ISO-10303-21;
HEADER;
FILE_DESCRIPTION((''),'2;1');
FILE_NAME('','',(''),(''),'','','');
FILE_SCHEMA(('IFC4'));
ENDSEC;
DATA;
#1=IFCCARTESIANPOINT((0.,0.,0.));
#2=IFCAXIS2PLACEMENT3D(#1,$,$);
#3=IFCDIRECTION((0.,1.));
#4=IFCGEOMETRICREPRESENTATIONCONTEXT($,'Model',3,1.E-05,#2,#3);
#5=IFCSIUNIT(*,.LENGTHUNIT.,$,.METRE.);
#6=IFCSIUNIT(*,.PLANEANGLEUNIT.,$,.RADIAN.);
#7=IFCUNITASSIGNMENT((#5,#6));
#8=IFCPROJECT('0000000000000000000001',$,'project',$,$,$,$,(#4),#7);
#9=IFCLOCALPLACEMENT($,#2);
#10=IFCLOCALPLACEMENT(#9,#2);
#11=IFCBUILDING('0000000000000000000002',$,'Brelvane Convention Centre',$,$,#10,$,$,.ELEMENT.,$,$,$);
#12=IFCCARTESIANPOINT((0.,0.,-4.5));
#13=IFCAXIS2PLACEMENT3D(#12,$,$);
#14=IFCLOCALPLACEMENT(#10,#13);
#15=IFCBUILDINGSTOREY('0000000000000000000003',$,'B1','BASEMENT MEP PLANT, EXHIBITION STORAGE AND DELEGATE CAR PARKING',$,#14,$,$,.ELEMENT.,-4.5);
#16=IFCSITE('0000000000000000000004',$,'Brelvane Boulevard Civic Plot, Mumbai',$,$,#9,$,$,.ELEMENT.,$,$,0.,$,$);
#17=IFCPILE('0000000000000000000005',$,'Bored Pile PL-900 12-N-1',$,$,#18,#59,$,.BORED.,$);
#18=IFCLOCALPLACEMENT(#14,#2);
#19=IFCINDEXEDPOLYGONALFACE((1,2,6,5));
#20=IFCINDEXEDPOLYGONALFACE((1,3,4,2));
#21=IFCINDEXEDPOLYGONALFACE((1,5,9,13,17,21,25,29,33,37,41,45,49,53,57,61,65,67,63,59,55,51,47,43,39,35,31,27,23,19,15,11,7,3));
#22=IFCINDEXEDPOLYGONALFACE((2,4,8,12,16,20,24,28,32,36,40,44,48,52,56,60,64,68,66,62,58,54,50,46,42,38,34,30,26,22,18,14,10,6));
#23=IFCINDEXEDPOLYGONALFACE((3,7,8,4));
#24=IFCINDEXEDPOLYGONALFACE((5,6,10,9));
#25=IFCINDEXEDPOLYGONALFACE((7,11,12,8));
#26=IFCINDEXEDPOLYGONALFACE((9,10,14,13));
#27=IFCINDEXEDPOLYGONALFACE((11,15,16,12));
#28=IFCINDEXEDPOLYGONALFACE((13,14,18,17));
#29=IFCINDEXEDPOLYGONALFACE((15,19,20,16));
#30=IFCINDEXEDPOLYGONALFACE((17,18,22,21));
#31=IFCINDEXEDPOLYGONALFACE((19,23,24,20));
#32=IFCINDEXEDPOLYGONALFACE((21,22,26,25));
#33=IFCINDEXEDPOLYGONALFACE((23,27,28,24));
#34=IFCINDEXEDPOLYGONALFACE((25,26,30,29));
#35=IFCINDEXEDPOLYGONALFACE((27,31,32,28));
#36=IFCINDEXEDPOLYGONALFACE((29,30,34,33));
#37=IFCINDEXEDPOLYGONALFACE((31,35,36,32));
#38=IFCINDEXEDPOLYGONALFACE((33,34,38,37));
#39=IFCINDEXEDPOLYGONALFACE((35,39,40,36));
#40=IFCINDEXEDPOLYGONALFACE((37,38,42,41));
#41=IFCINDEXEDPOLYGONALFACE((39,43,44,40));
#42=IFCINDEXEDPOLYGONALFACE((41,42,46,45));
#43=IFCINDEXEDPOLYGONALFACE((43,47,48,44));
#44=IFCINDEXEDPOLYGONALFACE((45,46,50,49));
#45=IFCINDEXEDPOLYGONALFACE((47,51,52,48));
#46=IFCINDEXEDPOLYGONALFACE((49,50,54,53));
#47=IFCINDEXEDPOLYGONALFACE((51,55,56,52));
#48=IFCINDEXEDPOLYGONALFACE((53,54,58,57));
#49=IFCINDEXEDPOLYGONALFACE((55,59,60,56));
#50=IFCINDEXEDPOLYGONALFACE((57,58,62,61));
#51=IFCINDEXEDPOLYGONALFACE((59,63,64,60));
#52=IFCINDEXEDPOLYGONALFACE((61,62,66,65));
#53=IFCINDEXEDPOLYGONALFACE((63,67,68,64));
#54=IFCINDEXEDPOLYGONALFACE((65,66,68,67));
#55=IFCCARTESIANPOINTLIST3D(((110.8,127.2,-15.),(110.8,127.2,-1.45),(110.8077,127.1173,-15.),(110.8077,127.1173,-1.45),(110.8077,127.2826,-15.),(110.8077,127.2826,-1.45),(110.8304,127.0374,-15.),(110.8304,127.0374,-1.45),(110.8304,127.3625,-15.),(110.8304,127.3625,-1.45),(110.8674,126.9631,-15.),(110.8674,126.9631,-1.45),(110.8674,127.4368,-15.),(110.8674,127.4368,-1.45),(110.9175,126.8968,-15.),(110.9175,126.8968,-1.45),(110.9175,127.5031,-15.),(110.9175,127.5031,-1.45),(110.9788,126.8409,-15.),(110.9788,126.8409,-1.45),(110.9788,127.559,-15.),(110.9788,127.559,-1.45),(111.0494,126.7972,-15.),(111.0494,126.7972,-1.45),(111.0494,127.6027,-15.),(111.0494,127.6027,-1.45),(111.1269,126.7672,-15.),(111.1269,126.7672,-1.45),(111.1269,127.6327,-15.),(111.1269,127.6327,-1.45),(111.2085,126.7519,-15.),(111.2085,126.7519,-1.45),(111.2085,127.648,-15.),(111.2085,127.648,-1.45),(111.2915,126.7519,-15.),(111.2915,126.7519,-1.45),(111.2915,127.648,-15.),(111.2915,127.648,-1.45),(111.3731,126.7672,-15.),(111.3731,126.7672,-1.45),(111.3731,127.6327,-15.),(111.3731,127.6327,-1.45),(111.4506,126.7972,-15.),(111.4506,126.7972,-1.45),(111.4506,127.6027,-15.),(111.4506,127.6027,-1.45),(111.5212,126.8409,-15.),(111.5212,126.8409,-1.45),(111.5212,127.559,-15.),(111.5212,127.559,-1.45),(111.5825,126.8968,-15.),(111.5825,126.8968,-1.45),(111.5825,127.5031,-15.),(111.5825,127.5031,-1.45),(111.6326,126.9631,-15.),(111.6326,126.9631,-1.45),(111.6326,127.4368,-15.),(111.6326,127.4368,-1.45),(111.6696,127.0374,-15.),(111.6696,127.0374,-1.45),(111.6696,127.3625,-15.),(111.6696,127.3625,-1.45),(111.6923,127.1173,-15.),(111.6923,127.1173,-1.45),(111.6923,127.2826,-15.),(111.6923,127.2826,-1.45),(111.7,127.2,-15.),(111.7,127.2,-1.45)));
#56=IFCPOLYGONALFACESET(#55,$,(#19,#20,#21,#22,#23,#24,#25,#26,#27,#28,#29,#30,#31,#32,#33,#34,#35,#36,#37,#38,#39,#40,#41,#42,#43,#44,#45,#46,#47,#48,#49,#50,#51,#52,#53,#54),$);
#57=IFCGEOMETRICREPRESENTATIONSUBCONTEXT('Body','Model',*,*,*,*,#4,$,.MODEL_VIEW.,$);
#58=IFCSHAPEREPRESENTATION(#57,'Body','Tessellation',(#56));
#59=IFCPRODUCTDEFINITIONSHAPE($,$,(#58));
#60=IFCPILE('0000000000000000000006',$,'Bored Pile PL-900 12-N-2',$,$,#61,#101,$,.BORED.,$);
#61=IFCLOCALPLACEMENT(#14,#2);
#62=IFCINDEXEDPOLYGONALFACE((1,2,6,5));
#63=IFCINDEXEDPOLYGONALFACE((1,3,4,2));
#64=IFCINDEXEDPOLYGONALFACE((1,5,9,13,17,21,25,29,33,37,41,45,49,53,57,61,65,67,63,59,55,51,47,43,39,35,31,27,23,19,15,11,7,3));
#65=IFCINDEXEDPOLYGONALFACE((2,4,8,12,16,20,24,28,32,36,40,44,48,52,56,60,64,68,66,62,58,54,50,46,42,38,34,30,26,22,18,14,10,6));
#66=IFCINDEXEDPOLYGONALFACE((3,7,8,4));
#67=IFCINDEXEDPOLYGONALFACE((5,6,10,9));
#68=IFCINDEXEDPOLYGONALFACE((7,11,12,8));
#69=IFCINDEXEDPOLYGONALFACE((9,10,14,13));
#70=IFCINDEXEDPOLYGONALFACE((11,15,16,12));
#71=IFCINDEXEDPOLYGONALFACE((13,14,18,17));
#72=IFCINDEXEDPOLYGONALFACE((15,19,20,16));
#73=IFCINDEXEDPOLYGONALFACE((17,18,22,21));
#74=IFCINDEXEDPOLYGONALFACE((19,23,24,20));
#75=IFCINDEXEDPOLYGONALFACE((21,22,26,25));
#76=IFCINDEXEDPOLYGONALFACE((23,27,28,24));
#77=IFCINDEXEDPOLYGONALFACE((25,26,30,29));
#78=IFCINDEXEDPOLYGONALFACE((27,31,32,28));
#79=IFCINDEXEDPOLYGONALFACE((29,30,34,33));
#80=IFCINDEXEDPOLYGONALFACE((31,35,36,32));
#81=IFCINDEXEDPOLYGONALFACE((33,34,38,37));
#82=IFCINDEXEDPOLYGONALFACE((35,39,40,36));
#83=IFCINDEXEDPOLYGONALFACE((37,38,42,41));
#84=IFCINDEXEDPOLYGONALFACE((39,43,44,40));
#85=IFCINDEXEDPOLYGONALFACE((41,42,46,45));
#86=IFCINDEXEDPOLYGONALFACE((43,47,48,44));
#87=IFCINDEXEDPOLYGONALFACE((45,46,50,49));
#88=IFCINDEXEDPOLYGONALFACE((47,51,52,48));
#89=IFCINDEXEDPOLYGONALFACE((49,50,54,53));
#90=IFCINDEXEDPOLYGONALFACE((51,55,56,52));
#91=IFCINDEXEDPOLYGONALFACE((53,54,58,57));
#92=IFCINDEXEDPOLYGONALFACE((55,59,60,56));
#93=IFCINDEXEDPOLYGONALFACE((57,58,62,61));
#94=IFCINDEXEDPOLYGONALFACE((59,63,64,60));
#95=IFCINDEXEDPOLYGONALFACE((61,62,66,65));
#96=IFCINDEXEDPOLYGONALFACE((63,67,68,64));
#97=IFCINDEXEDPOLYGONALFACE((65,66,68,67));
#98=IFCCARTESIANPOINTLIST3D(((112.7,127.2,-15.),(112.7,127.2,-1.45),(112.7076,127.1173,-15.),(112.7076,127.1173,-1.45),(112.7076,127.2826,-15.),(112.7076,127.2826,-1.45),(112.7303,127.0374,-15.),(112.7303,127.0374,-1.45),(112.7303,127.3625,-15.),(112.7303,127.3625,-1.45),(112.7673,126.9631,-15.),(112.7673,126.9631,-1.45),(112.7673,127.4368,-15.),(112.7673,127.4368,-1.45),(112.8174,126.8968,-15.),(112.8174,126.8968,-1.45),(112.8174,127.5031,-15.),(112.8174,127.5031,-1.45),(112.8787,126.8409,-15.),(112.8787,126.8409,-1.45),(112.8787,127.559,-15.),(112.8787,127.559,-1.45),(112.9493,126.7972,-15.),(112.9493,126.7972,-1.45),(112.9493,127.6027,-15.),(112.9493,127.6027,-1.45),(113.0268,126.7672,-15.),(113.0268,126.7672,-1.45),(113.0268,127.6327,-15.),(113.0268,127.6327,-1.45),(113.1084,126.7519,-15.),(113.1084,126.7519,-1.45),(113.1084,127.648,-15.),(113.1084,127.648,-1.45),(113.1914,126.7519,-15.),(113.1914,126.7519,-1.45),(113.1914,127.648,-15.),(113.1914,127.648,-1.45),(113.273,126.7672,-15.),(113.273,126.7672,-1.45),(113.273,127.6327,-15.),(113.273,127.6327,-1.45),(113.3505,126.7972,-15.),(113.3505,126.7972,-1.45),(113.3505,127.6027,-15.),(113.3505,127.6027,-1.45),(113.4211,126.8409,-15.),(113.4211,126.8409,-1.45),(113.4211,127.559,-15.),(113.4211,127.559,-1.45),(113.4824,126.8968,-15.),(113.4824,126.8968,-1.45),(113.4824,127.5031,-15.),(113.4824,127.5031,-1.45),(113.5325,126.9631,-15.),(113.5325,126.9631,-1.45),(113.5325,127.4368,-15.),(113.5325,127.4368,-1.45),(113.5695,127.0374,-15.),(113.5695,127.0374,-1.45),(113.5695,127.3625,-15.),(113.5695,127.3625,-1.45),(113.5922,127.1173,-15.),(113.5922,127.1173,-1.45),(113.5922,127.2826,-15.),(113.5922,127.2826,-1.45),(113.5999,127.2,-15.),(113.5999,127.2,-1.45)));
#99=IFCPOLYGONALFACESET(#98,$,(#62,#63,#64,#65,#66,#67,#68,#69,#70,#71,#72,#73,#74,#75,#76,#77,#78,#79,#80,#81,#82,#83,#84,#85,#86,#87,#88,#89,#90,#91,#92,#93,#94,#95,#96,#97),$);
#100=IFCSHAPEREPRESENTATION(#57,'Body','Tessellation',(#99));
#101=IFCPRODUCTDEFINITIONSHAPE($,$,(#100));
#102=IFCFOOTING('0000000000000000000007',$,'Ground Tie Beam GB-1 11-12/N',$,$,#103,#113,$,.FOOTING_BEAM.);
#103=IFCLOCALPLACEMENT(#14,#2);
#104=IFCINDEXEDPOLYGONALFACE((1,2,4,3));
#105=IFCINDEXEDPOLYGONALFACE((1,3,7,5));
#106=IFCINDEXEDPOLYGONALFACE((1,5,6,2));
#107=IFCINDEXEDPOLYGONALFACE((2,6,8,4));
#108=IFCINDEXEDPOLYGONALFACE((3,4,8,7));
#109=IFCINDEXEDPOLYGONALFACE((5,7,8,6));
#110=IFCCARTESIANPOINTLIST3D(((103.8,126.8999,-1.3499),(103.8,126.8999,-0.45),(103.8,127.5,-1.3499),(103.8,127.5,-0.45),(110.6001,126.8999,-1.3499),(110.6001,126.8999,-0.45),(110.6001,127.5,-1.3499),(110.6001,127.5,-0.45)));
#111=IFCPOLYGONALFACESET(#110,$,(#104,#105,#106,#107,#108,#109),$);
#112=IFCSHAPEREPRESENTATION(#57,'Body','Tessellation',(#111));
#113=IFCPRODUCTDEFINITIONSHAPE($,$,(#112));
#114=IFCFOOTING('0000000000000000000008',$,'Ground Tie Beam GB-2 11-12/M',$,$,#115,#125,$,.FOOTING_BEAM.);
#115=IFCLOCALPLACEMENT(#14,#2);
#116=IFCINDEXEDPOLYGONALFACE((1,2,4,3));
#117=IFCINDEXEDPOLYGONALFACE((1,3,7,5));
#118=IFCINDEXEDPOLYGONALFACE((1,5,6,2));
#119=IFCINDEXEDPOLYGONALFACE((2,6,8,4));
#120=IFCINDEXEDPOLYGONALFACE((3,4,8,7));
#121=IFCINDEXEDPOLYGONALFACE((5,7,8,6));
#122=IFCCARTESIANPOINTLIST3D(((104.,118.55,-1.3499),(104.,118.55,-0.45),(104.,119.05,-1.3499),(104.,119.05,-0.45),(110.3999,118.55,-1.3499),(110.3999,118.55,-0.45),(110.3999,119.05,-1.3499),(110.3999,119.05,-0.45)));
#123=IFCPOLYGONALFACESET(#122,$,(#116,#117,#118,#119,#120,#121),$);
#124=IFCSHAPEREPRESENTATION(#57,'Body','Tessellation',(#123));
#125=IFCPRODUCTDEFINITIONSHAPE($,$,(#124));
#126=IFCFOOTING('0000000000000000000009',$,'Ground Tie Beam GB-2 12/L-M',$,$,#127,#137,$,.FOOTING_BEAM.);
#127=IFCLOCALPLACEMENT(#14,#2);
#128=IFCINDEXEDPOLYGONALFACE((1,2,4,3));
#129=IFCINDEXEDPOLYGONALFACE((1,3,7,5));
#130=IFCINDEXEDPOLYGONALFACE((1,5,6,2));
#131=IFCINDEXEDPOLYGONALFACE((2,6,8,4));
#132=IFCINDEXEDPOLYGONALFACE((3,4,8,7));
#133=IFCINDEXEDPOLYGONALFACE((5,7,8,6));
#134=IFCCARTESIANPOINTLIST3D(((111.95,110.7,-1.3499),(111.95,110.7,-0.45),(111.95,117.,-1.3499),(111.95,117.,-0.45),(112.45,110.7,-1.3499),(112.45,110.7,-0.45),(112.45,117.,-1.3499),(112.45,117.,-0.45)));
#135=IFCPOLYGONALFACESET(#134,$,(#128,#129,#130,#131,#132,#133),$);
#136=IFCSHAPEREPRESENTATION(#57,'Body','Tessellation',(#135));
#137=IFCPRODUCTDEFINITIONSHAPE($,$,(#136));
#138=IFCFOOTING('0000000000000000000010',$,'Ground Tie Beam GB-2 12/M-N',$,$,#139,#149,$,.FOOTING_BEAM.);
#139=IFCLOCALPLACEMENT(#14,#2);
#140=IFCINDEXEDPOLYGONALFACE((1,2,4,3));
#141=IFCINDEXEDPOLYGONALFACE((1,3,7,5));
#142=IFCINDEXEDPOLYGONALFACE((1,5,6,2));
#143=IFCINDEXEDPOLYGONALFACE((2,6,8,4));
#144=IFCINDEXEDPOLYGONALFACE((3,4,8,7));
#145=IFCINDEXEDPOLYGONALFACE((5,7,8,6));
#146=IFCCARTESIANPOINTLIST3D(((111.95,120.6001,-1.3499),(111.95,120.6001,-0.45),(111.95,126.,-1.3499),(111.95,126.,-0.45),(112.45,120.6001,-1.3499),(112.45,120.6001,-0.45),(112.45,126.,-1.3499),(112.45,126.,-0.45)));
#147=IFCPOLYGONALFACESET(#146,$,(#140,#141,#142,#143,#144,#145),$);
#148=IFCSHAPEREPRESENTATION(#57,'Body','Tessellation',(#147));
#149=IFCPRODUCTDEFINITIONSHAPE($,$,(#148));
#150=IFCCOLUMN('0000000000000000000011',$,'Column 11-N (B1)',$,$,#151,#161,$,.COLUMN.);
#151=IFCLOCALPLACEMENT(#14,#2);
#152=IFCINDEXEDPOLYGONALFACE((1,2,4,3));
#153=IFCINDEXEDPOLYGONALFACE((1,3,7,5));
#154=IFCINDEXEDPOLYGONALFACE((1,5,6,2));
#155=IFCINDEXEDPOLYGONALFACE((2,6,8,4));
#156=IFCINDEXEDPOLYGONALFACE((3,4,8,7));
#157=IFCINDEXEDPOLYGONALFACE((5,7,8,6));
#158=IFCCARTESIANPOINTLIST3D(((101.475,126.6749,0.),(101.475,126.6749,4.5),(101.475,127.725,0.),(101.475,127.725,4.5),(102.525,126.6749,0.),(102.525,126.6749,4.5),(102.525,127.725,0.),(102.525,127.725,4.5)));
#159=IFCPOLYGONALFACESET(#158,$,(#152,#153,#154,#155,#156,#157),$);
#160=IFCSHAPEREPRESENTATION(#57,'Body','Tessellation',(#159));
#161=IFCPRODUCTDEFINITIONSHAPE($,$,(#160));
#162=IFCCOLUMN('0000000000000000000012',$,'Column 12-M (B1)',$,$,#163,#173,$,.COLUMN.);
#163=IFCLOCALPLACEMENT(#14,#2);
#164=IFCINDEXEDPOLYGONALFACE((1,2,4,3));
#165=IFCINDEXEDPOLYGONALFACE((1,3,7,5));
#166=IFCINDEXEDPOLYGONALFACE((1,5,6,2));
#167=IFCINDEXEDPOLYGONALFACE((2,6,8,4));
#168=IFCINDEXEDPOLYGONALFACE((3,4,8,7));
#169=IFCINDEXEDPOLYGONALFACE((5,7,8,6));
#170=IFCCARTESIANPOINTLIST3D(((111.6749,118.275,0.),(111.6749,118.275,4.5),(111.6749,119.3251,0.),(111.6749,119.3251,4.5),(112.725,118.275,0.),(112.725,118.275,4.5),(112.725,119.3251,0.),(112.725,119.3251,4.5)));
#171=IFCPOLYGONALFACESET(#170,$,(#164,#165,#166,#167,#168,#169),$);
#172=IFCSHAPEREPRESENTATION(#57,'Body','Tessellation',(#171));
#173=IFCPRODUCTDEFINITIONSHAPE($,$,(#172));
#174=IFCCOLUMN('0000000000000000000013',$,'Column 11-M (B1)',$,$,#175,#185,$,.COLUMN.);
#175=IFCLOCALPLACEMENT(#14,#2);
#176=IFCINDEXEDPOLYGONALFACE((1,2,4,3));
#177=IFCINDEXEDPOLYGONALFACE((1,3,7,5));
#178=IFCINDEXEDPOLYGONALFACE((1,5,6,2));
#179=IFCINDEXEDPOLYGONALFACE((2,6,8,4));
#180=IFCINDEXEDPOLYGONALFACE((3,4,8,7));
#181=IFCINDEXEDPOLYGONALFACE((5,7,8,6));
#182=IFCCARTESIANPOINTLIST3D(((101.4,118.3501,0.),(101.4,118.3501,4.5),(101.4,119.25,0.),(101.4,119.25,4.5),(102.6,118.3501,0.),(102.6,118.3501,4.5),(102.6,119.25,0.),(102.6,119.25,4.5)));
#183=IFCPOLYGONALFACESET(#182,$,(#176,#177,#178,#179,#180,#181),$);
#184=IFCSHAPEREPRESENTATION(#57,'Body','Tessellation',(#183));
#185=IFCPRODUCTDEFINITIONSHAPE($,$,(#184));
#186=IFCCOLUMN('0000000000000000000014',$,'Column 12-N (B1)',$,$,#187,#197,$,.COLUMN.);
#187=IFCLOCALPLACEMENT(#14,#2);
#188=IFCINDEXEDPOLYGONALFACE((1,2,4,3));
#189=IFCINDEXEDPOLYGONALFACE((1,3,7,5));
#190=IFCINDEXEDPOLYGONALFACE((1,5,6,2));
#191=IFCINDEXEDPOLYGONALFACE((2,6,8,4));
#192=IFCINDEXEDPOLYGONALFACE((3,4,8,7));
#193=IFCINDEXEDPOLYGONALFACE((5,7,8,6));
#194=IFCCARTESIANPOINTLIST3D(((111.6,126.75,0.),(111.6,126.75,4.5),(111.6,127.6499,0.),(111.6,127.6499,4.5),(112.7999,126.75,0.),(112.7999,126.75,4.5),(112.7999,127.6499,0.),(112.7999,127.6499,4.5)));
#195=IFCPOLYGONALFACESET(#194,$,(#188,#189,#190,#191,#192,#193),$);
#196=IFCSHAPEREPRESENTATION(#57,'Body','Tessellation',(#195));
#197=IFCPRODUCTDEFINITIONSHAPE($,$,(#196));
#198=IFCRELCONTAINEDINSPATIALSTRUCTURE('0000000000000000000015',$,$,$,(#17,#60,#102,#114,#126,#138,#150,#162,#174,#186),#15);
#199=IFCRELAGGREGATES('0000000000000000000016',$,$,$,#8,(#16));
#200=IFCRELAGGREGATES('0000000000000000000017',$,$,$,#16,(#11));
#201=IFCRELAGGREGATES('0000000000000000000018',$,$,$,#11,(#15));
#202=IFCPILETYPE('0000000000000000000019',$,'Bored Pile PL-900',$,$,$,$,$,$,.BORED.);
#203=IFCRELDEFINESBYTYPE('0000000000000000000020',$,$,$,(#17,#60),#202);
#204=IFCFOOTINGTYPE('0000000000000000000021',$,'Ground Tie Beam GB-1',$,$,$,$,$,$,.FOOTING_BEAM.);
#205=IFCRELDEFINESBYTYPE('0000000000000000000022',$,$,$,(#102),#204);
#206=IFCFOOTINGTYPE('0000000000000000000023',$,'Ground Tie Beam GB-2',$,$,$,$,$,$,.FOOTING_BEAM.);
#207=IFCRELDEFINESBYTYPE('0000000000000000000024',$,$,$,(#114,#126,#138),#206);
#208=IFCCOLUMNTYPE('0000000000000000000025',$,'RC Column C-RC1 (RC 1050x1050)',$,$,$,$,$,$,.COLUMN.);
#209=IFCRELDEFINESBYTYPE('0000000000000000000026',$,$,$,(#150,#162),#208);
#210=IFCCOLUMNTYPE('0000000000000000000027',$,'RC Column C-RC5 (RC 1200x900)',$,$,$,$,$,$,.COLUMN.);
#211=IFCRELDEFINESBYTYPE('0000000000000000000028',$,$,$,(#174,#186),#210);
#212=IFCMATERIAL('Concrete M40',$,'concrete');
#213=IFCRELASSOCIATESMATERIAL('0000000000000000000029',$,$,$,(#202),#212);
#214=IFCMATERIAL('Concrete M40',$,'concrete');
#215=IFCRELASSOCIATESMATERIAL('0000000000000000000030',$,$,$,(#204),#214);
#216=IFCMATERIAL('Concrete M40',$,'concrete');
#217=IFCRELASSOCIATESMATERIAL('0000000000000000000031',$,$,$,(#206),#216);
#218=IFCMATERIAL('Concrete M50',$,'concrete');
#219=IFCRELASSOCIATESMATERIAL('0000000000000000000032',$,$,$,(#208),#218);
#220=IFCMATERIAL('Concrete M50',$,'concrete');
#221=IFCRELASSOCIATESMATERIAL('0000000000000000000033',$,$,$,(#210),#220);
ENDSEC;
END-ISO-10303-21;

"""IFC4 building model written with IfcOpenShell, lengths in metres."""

from ifc_helpers import new_model, si_unit, direction, frame, origin, origin_2d, place, context, subcontext, project, spatial, rectangle, circle, extrude, material, material_profile, profile_set, type_object, element, save


model = new_model("IFC4")

# Units and contexts
model_context = context("Model", 3, precision=1e-05, world=origin(), true_north=direction((0.0, 1.0)))
body_context = subcontext(model_context, "Body", "Model", "MODEL_VIEW")
ifc_project = project(units=[si_unit("LENGTHUNIT", "METRE"), si_unit("PLANEANGLEUNIT", "RADIAN")], contexts=[model_context])

# Site, building, storey
site_placement = place(None, origin())
site = spatial("IfcSite", under=ifc_project, at=site_placement, Name="Brelvane Boulevard Civic Plot, Mumbai", CompositionType="ELEMENT", RefElevation=0.0)
building_placement = place(site_placement, origin())
building = spatial("IfcBuilding", under=site, at=building_placement, Name="Brelvane Convention Centre", CompositionType="ELEMENT")
storey_placement = place(building_placement, frame((0.0, 0.0, -4.5)))
storey = spatial("IfcBuildingStorey", under=building, at=storey_placement, Name="B1", Description="BASEMENT MEP PLANT, EXHIBITION STORAGE AND DELEGATE CAR PARKING", CompositionType="ELEMENT", Elevation=-4.5)

# Piles
ifc_material_1 = material(Name="Concrete M40", Category="concrete")
ifc_material_profile_1 = material_profile(ifc_material_1, circle(Radius=0.45, at=origin_2d()), Name="PILE D900")
ifc_profile_set_1 = profile_set([ifc_material_profile_1], Name="Concrete M40")
pile_type = type_object("IfcPileType", Name="Bored Pile PL-900", PredefinedType="BORED", material=ifc_profile_set_1)
for number, where, z_axis, x_axis, name in (
    (1, (111.25, 127.2, -1.45), (0.0, 0.0, -1.0), (1.0, 0.0, 0.0), "Bored Pile PL-900 12-N-1"),
    (2, (113.1499, 127.2, -1.45), (0.0, 0.0, -1.0), (1.0, 0.0, 0.0), "Bored Pile PL-900 12-N-2"),
):
    element("IfcPile", number, at=place(storey_placement, frame(where, z_axis=z_axis, x_axis=x_axis)), inside=storey, type_object=pile_type, Name=name, PredefinedType="BORED", context=body_context, shape_type="SweptSolid", body=[
        extrude(circle(Radius=0.45, at=origin_2d()), origin(), (0.0, 0.0, 1.0), 13.55),
    ])

# Footings
ifc_material_2 = material(Name="Concrete M40", Category="concrete")
ifc_material_profile_2 = material_profile(ifc_material_2, rectangle(XDim=0.6001, YDim=0.8999, at=origin_2d()), Name="RC 600x900")
ifc_profile_set_2 = profile_set([ifc_material_profile_2], Name="Concrete M40")
footing_type_1 = type_object("IfcFootingType", Name="Ground Tie Beam GB-1", PredefinedType="FOOTING_BEAM", material=ifc_profile_set_2)
footing_1_placement = place(storey_placement, frame((103.8, 127.2, -0.8999), z_axis=(1.0, 0.0, 0.0), x_axis=(0.0, 1.0, 0.0)))
element("IfcFooting", 3, at=footing_1_placement, inside=storey, type_object=footing_type_1, Name="Ground Tie Beam GB-1 11-12/N", PredefinedType="FOOTING_BEAM", context=body_context, shape_type="SweptSolid", body=[
    extrude(rectangle(XDim=0.6001, YDim=0.8999, at=origin_2d()), origin(), (0.0, 0.0, 1.0), 6.8),
])
ifc_material_3 = material(Name="Concrete M40", Category="concrete")
ifc_material_profile_3 = material_profile(ifc_material_3, rectangle(XDim=0.5, YDim=0.8999, at=origin_2d()), Name="RC 500x900")
ifc_profile_set_3 = profile_set([ifc_material_profile_3], Name="Concrete M40")
footing_type_2 = type_object("IfcFootingType", Name="Ground Tie Beam GB-2", PredefinedType="FOOTING_BEAM", material=ifc_profile_set_3)
footing_2_placement = place(storey_placement, frame((104.0, 118.8, -0.8999), z_axis=(1.0, 0.0, 0.0), x_axis=(0.0, 1.0, 0.0)))
element("IfcFooting", 4, at=footing_2_placement, inside=storey, type_object=footing_type_2, Name="Ground Tie Beam GB-2 11-12/M", PredefinedType="FOOTING_BEAM", context=body_context, shape_type="SweptSolid", body=[
    extrude(rectangle(XDim=0.5, YDim=0.8999, at=origin_2d()), origin(), (0.0, 0.0, 1.0), 6.3999),
])
footing_3_placement = place(storey_placement, frame((112.2, 110.7, -0.8999), z_axis=(0.0, 1.0, 0.0), x_axis=(-1.0, 0.0, 0.0)))
element("IfcFooting", 5, at=footing_3_placement, inside=storey, type_object=footing_type_2, Name="Ground Tie Beam GB-2 12/L-M", PredefinedType="FOOTING_BEAM", context=body_context, shape_type="SweptSolid", body=[
    extrude(rectangle(XDim=0.5, YDim=0.8999, at=origin_2d()), origin(), (0.0, 0.0, 1.0), 6.3),
])
footing_4_placement = place(storey_placement, frame((112.2, 120.6001, -0.8999), z_axis=(0.0, 1.0, 0.0), x_axis=(-1.0, 0.0, 0.0)))
element("IfcFooting", 6, at=footing_4_placement, inside=storey, type_object=footing_type_2, Name="Ground Tie Beam GB-2 12/M-N", PredefinedType="FOOTING_BEAM", context=body_context, shape_type="SweptSolid", body=[
    extrude(rectangle(XDim=0.5, YDim=0.8999, at=origin_2d()), origin(), (0.0, 0.0, 1.0), 5.3999),
])

# Columns
ifc_material_4 = material(Name="Concrete M50", Category="concrete")
ifc_material_profile_4 = material_profile(ifc_material_4, rectangle(XDim=1.05, YDim=1.05, at=origin_2d()), Name="RC 1050x1050")
ifc_profile_set_4 = profile_set([ifc_material_profile_4], Name="Concrete M50")
column_type_1 = type_object("IfcColumnType", Name="RC Column C-RC1 (RC 1050x1050)", PredefinedType="COLUMN", material=ifc_profile_set_4)
for number, where, z_axis, x_axis, name in (
    (7, (102.0, 127.2, 0.0), (0.0, 0.0, 1.0), (1.0, 0.0, 0.0), "Column 11-N (B1)"),
    (8, (112.2, 118.8, 0.0), (0.0, 0.0, 1.0), (1.0, 0.0, 0.0), "Column 12-M (B1)"),
):
    element("IfcColumn", number, at=place(storey_placement, frame(where, z_axis=z_axis, x_axis=x_axis)), inside=storey, type_object=column_type_1, Name=name, PredefinedType="COLUMN", context=body_context, shape_type="SweptSolid", body=[
        extrude(rectangle(XDim=1.05, YDim=1.05, at=origin_2d()), origin(), (0.0, 0.0, 1.0), 4.5),
    ])
ifc_material_5 = material(Name="Concrete M50", Category="concrete")
ifc_material_profile_5 = material_profile(ifc_material_5, rectangle(XDim=1.2, YDim=0.8999, at=origin_2d()), Name="RC 1200x900")
ifc_profile_set_5 = profile_set([ifc_material_profile_5], Name="Concrete M50")
column_type_2 = type_object("IfcColumnType", Name="RC Column C-RC5 (RC 1200x900)", PredefinedType="COLUMN", material=ifc_profile_set_5)
for number, where, z_axis, x_axis, name in (
    (9, (102.0, 118.8, 0.0), (0.0, 0.0, 1.0), (1.0, 0.0, 0.0), "Column 11-M (B1)"),
    (10, (112.2, 127.2, 0.0), (0.0, 0.0, 1.0), (1.0, 0.0, 0.0), "Column 12-N (B1)"),
):
    element("IfcColumn", number, at=place(storey_placement, frame(where, z_axis=z_axis, x_axis=x_axis)), inside=storey, type_object=column_type_2, Name=name, PredefinedType="COLUMN", context=body_context, shape_type="SweptSolid", body=[
        extrude(rectangle(XDim=1.2, YDim=0.8999, at=origin_2d()), origin(), (0.0, 0.0, 1.0), 4.5),
    ])

save(model, "model.ifc")
